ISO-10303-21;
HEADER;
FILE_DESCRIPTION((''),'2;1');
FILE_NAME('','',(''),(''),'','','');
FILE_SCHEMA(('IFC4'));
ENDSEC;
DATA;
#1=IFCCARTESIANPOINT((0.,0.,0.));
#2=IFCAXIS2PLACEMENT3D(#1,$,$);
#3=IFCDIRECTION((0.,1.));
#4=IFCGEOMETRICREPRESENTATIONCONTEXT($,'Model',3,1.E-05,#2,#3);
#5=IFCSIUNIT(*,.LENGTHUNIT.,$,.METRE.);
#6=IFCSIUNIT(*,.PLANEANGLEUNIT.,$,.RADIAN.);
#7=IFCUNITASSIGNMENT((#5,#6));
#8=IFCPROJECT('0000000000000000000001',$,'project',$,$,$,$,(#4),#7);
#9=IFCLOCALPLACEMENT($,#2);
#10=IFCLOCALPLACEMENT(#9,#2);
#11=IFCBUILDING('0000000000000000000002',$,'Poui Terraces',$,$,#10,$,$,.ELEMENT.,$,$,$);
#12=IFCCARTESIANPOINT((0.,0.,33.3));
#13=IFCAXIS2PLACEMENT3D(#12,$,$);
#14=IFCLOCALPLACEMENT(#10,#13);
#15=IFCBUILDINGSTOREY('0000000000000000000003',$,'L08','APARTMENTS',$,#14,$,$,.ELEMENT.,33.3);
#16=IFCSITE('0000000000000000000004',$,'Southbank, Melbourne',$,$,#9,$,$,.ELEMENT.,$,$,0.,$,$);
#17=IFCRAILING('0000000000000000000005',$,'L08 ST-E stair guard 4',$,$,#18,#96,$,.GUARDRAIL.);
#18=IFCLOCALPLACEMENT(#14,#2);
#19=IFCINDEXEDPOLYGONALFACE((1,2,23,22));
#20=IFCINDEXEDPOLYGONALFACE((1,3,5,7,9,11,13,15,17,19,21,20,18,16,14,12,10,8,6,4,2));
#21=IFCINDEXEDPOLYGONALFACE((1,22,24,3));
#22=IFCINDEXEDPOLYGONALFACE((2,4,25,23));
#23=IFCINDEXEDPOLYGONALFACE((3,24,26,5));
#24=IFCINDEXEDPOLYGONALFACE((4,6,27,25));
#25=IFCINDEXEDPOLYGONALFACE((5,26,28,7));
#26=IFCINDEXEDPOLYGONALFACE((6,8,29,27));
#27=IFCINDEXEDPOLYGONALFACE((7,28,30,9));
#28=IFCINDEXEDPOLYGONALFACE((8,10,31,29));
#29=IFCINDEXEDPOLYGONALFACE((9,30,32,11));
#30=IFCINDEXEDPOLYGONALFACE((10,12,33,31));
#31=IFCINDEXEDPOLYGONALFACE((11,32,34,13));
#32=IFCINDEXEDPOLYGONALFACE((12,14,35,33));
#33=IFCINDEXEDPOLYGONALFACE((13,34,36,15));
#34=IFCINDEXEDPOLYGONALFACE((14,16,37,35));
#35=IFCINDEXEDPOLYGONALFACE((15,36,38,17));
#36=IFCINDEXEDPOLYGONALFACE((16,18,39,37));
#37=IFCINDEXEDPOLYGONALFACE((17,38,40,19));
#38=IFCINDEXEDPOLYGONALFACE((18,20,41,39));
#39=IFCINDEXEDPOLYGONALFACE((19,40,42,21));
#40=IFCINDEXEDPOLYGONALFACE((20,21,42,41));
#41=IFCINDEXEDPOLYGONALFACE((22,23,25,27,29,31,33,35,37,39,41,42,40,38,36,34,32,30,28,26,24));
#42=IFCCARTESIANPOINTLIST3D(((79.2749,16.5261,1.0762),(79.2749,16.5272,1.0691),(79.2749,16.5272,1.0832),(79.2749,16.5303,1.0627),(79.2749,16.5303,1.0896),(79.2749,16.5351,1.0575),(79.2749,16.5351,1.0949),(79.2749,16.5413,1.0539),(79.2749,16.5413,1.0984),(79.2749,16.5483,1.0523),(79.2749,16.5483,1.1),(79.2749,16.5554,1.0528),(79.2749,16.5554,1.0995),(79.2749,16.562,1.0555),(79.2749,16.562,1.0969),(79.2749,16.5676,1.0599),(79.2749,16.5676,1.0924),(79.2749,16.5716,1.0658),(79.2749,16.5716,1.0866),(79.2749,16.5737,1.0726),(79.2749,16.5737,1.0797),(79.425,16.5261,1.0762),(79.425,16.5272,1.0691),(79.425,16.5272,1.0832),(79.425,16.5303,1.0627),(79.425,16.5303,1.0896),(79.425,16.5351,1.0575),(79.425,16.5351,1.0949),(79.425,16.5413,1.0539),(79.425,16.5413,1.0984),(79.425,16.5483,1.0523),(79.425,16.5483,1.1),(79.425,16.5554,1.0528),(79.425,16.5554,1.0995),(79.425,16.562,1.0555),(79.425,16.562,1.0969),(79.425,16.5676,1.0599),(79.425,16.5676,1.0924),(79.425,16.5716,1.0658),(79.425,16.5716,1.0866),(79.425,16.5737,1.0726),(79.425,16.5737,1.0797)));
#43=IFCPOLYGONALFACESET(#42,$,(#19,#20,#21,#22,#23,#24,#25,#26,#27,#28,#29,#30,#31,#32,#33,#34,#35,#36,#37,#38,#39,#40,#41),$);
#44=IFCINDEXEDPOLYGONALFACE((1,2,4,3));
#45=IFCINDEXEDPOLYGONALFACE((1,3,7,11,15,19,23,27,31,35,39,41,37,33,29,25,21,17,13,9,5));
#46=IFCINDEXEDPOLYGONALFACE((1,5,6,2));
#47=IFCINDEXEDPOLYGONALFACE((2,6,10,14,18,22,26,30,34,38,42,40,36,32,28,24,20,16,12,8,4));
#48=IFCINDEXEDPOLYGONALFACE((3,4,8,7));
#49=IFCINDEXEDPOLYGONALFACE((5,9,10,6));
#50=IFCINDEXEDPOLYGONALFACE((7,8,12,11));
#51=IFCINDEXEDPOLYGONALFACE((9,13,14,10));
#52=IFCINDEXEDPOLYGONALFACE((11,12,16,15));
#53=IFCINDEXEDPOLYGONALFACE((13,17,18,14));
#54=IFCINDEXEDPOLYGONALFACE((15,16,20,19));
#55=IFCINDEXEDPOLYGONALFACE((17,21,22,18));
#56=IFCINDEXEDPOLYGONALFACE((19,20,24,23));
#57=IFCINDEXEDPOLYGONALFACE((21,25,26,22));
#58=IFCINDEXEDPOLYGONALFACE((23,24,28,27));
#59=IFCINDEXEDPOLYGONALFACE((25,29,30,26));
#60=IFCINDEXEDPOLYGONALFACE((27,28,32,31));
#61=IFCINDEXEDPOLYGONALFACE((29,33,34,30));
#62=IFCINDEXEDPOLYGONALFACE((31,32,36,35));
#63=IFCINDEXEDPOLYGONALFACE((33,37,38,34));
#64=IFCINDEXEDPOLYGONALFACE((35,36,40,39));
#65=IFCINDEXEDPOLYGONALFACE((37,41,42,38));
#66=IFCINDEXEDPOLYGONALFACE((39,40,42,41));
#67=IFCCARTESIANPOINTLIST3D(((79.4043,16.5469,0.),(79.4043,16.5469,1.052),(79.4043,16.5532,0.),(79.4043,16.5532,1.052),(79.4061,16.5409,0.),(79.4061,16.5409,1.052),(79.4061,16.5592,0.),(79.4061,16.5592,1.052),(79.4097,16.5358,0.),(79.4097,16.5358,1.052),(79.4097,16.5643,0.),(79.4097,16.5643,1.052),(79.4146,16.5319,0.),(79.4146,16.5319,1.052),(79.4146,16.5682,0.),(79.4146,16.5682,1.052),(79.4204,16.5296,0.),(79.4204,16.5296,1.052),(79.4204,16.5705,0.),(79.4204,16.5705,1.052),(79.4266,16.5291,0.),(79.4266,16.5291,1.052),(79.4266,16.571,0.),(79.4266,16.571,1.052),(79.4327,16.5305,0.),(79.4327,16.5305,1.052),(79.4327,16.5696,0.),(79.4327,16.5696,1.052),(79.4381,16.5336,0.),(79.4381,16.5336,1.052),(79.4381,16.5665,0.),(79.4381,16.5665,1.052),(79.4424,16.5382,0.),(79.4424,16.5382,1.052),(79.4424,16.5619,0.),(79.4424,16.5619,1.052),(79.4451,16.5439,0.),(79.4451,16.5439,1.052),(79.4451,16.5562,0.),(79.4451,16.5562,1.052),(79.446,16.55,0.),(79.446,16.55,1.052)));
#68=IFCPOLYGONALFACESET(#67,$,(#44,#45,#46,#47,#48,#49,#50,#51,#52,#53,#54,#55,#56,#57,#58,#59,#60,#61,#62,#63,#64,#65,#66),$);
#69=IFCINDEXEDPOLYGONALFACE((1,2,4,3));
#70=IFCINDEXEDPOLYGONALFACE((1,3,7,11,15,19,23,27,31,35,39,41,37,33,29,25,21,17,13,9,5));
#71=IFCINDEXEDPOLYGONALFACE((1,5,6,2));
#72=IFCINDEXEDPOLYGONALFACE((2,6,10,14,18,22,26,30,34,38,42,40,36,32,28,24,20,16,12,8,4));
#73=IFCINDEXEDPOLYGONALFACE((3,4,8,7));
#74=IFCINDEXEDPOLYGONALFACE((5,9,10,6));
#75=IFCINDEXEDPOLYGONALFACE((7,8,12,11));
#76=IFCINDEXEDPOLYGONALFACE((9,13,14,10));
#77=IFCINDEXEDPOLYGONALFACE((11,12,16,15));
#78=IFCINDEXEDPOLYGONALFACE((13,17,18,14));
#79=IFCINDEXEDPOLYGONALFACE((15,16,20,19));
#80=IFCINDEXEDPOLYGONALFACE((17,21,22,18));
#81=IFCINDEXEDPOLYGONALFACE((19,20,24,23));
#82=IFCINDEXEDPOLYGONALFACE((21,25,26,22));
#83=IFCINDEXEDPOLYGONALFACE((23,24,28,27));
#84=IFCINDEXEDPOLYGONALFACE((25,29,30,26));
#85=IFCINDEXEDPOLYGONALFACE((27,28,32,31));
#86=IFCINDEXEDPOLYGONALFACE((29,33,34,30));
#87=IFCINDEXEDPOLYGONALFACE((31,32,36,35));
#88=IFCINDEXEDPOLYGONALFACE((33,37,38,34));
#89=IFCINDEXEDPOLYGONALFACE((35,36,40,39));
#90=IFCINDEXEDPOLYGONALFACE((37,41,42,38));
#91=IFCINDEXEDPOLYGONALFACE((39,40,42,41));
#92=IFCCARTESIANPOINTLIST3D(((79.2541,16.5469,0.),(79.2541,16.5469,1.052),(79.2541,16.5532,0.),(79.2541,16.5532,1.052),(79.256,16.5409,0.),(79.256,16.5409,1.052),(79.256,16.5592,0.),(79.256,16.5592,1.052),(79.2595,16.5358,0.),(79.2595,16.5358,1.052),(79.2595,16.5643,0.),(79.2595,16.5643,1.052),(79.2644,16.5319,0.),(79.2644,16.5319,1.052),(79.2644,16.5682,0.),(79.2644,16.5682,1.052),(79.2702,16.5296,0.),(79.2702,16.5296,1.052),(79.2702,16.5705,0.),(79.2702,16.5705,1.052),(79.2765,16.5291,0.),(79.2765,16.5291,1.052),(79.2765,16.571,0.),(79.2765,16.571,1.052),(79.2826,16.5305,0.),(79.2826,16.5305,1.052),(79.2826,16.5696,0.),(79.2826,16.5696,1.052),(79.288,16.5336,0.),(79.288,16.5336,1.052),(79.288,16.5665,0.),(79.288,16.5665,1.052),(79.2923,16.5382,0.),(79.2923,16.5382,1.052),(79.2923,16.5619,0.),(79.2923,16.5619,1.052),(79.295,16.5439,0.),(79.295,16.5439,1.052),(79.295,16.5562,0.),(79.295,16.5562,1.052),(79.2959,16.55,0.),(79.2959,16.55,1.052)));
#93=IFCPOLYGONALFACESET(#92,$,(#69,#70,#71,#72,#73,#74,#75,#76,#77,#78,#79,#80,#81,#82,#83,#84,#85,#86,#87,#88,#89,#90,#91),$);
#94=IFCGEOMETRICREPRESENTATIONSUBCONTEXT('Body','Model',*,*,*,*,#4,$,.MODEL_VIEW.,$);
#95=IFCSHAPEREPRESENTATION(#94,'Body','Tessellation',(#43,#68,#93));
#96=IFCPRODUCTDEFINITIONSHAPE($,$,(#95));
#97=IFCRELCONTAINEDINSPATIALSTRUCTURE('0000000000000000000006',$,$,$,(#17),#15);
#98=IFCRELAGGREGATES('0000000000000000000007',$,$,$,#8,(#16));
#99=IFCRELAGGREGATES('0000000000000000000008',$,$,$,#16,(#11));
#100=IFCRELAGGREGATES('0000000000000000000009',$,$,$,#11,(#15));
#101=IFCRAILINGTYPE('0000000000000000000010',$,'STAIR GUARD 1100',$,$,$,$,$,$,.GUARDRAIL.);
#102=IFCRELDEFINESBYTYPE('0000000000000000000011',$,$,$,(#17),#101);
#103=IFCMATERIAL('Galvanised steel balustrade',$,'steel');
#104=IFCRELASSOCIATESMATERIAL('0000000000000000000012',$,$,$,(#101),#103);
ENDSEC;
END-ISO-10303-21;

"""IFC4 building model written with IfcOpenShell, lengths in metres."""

from ifc_helpers import new_model, si_unit, direction, frame, origin, origin_2d, place, context, subcontext, project, spatial, circle, extrude, material, type_object, element, save


model = new_model("IFC4")

# Units and contexts
model_context = context("Model", 3, precision=1e-05, world=origin(), true_north=direction((0.0, 1.0)))
body_context = subcontext(model_context, "Body", "Model", "MODEL_VIEW")
ifc_project = project(units=[si_unit("LENGTHUNIT", "METRE"), si_unit("PLANEANGLEUNIT", "RADIAN")], contexts=[model_context])

# Site, building, storey
site_placement = place(None, origin())
site = spatial("IfcSite", under=ifc_project, at=site_placement, Name="Southbank, Melbourne", CompositionType="ELEMENT", RefElevation=0.0)
building_placement = place(site_placement, origin())
building = spatial("IfcBuilding", under=site, at=building_placement, Name="Poui Terraces", CompositionType="ELEMENT")
storey_placement = place(building_placement, frame((0.0, 0.0, 33.3)))
storey = spatial("IfcBuildingStorey", under=building, at=storey_placement, Name="L08", Description="APARTMENTS", CompositionType="ELEMENT", Elevation=33.3)

# Railing
ifc_material_1 = material(Name="Galvanised steel balustrade", Category="steel")
railing_type_1 = type_object("IfcRailingType", Name="STAIR GUARD 1100", PredefinedType="GUARDRAIL", material=ifc_material_1)
railing_1_placement = place(storey_placement, frame((79.425, 16.55, 0.0)))
element("IfcRailing", 1, at=railing_1_placement, inside=storey, type_object=railing_type_1, Name="L08 ST-E stair guard 4", PredefinedType="GUARDRAIL", context=body_context, shape_type="SweptSolid", body=[
    extrude(circle(Radius=0.0239, at=origin_2d()), frame((0.0, 0.0, 1.0762), z_axis=(-1.0, 0.0, 0.0), x_axis=(0.0, -1.0, 0.0)), (0.0, 0.0, 1.0), 0.1501),
    extrude(circle(Radius=0.021, at=origin_2d()), origin(), (0.0, 0.0, 1.0), 1.052),
    extrude(circle(Radius=0.021, at=origin_2d()), frame((-0.1501, 0.0, 0.0)), (0.0, 0.0, 1.0), 1.052),
])

save(model, "model.ifc")
